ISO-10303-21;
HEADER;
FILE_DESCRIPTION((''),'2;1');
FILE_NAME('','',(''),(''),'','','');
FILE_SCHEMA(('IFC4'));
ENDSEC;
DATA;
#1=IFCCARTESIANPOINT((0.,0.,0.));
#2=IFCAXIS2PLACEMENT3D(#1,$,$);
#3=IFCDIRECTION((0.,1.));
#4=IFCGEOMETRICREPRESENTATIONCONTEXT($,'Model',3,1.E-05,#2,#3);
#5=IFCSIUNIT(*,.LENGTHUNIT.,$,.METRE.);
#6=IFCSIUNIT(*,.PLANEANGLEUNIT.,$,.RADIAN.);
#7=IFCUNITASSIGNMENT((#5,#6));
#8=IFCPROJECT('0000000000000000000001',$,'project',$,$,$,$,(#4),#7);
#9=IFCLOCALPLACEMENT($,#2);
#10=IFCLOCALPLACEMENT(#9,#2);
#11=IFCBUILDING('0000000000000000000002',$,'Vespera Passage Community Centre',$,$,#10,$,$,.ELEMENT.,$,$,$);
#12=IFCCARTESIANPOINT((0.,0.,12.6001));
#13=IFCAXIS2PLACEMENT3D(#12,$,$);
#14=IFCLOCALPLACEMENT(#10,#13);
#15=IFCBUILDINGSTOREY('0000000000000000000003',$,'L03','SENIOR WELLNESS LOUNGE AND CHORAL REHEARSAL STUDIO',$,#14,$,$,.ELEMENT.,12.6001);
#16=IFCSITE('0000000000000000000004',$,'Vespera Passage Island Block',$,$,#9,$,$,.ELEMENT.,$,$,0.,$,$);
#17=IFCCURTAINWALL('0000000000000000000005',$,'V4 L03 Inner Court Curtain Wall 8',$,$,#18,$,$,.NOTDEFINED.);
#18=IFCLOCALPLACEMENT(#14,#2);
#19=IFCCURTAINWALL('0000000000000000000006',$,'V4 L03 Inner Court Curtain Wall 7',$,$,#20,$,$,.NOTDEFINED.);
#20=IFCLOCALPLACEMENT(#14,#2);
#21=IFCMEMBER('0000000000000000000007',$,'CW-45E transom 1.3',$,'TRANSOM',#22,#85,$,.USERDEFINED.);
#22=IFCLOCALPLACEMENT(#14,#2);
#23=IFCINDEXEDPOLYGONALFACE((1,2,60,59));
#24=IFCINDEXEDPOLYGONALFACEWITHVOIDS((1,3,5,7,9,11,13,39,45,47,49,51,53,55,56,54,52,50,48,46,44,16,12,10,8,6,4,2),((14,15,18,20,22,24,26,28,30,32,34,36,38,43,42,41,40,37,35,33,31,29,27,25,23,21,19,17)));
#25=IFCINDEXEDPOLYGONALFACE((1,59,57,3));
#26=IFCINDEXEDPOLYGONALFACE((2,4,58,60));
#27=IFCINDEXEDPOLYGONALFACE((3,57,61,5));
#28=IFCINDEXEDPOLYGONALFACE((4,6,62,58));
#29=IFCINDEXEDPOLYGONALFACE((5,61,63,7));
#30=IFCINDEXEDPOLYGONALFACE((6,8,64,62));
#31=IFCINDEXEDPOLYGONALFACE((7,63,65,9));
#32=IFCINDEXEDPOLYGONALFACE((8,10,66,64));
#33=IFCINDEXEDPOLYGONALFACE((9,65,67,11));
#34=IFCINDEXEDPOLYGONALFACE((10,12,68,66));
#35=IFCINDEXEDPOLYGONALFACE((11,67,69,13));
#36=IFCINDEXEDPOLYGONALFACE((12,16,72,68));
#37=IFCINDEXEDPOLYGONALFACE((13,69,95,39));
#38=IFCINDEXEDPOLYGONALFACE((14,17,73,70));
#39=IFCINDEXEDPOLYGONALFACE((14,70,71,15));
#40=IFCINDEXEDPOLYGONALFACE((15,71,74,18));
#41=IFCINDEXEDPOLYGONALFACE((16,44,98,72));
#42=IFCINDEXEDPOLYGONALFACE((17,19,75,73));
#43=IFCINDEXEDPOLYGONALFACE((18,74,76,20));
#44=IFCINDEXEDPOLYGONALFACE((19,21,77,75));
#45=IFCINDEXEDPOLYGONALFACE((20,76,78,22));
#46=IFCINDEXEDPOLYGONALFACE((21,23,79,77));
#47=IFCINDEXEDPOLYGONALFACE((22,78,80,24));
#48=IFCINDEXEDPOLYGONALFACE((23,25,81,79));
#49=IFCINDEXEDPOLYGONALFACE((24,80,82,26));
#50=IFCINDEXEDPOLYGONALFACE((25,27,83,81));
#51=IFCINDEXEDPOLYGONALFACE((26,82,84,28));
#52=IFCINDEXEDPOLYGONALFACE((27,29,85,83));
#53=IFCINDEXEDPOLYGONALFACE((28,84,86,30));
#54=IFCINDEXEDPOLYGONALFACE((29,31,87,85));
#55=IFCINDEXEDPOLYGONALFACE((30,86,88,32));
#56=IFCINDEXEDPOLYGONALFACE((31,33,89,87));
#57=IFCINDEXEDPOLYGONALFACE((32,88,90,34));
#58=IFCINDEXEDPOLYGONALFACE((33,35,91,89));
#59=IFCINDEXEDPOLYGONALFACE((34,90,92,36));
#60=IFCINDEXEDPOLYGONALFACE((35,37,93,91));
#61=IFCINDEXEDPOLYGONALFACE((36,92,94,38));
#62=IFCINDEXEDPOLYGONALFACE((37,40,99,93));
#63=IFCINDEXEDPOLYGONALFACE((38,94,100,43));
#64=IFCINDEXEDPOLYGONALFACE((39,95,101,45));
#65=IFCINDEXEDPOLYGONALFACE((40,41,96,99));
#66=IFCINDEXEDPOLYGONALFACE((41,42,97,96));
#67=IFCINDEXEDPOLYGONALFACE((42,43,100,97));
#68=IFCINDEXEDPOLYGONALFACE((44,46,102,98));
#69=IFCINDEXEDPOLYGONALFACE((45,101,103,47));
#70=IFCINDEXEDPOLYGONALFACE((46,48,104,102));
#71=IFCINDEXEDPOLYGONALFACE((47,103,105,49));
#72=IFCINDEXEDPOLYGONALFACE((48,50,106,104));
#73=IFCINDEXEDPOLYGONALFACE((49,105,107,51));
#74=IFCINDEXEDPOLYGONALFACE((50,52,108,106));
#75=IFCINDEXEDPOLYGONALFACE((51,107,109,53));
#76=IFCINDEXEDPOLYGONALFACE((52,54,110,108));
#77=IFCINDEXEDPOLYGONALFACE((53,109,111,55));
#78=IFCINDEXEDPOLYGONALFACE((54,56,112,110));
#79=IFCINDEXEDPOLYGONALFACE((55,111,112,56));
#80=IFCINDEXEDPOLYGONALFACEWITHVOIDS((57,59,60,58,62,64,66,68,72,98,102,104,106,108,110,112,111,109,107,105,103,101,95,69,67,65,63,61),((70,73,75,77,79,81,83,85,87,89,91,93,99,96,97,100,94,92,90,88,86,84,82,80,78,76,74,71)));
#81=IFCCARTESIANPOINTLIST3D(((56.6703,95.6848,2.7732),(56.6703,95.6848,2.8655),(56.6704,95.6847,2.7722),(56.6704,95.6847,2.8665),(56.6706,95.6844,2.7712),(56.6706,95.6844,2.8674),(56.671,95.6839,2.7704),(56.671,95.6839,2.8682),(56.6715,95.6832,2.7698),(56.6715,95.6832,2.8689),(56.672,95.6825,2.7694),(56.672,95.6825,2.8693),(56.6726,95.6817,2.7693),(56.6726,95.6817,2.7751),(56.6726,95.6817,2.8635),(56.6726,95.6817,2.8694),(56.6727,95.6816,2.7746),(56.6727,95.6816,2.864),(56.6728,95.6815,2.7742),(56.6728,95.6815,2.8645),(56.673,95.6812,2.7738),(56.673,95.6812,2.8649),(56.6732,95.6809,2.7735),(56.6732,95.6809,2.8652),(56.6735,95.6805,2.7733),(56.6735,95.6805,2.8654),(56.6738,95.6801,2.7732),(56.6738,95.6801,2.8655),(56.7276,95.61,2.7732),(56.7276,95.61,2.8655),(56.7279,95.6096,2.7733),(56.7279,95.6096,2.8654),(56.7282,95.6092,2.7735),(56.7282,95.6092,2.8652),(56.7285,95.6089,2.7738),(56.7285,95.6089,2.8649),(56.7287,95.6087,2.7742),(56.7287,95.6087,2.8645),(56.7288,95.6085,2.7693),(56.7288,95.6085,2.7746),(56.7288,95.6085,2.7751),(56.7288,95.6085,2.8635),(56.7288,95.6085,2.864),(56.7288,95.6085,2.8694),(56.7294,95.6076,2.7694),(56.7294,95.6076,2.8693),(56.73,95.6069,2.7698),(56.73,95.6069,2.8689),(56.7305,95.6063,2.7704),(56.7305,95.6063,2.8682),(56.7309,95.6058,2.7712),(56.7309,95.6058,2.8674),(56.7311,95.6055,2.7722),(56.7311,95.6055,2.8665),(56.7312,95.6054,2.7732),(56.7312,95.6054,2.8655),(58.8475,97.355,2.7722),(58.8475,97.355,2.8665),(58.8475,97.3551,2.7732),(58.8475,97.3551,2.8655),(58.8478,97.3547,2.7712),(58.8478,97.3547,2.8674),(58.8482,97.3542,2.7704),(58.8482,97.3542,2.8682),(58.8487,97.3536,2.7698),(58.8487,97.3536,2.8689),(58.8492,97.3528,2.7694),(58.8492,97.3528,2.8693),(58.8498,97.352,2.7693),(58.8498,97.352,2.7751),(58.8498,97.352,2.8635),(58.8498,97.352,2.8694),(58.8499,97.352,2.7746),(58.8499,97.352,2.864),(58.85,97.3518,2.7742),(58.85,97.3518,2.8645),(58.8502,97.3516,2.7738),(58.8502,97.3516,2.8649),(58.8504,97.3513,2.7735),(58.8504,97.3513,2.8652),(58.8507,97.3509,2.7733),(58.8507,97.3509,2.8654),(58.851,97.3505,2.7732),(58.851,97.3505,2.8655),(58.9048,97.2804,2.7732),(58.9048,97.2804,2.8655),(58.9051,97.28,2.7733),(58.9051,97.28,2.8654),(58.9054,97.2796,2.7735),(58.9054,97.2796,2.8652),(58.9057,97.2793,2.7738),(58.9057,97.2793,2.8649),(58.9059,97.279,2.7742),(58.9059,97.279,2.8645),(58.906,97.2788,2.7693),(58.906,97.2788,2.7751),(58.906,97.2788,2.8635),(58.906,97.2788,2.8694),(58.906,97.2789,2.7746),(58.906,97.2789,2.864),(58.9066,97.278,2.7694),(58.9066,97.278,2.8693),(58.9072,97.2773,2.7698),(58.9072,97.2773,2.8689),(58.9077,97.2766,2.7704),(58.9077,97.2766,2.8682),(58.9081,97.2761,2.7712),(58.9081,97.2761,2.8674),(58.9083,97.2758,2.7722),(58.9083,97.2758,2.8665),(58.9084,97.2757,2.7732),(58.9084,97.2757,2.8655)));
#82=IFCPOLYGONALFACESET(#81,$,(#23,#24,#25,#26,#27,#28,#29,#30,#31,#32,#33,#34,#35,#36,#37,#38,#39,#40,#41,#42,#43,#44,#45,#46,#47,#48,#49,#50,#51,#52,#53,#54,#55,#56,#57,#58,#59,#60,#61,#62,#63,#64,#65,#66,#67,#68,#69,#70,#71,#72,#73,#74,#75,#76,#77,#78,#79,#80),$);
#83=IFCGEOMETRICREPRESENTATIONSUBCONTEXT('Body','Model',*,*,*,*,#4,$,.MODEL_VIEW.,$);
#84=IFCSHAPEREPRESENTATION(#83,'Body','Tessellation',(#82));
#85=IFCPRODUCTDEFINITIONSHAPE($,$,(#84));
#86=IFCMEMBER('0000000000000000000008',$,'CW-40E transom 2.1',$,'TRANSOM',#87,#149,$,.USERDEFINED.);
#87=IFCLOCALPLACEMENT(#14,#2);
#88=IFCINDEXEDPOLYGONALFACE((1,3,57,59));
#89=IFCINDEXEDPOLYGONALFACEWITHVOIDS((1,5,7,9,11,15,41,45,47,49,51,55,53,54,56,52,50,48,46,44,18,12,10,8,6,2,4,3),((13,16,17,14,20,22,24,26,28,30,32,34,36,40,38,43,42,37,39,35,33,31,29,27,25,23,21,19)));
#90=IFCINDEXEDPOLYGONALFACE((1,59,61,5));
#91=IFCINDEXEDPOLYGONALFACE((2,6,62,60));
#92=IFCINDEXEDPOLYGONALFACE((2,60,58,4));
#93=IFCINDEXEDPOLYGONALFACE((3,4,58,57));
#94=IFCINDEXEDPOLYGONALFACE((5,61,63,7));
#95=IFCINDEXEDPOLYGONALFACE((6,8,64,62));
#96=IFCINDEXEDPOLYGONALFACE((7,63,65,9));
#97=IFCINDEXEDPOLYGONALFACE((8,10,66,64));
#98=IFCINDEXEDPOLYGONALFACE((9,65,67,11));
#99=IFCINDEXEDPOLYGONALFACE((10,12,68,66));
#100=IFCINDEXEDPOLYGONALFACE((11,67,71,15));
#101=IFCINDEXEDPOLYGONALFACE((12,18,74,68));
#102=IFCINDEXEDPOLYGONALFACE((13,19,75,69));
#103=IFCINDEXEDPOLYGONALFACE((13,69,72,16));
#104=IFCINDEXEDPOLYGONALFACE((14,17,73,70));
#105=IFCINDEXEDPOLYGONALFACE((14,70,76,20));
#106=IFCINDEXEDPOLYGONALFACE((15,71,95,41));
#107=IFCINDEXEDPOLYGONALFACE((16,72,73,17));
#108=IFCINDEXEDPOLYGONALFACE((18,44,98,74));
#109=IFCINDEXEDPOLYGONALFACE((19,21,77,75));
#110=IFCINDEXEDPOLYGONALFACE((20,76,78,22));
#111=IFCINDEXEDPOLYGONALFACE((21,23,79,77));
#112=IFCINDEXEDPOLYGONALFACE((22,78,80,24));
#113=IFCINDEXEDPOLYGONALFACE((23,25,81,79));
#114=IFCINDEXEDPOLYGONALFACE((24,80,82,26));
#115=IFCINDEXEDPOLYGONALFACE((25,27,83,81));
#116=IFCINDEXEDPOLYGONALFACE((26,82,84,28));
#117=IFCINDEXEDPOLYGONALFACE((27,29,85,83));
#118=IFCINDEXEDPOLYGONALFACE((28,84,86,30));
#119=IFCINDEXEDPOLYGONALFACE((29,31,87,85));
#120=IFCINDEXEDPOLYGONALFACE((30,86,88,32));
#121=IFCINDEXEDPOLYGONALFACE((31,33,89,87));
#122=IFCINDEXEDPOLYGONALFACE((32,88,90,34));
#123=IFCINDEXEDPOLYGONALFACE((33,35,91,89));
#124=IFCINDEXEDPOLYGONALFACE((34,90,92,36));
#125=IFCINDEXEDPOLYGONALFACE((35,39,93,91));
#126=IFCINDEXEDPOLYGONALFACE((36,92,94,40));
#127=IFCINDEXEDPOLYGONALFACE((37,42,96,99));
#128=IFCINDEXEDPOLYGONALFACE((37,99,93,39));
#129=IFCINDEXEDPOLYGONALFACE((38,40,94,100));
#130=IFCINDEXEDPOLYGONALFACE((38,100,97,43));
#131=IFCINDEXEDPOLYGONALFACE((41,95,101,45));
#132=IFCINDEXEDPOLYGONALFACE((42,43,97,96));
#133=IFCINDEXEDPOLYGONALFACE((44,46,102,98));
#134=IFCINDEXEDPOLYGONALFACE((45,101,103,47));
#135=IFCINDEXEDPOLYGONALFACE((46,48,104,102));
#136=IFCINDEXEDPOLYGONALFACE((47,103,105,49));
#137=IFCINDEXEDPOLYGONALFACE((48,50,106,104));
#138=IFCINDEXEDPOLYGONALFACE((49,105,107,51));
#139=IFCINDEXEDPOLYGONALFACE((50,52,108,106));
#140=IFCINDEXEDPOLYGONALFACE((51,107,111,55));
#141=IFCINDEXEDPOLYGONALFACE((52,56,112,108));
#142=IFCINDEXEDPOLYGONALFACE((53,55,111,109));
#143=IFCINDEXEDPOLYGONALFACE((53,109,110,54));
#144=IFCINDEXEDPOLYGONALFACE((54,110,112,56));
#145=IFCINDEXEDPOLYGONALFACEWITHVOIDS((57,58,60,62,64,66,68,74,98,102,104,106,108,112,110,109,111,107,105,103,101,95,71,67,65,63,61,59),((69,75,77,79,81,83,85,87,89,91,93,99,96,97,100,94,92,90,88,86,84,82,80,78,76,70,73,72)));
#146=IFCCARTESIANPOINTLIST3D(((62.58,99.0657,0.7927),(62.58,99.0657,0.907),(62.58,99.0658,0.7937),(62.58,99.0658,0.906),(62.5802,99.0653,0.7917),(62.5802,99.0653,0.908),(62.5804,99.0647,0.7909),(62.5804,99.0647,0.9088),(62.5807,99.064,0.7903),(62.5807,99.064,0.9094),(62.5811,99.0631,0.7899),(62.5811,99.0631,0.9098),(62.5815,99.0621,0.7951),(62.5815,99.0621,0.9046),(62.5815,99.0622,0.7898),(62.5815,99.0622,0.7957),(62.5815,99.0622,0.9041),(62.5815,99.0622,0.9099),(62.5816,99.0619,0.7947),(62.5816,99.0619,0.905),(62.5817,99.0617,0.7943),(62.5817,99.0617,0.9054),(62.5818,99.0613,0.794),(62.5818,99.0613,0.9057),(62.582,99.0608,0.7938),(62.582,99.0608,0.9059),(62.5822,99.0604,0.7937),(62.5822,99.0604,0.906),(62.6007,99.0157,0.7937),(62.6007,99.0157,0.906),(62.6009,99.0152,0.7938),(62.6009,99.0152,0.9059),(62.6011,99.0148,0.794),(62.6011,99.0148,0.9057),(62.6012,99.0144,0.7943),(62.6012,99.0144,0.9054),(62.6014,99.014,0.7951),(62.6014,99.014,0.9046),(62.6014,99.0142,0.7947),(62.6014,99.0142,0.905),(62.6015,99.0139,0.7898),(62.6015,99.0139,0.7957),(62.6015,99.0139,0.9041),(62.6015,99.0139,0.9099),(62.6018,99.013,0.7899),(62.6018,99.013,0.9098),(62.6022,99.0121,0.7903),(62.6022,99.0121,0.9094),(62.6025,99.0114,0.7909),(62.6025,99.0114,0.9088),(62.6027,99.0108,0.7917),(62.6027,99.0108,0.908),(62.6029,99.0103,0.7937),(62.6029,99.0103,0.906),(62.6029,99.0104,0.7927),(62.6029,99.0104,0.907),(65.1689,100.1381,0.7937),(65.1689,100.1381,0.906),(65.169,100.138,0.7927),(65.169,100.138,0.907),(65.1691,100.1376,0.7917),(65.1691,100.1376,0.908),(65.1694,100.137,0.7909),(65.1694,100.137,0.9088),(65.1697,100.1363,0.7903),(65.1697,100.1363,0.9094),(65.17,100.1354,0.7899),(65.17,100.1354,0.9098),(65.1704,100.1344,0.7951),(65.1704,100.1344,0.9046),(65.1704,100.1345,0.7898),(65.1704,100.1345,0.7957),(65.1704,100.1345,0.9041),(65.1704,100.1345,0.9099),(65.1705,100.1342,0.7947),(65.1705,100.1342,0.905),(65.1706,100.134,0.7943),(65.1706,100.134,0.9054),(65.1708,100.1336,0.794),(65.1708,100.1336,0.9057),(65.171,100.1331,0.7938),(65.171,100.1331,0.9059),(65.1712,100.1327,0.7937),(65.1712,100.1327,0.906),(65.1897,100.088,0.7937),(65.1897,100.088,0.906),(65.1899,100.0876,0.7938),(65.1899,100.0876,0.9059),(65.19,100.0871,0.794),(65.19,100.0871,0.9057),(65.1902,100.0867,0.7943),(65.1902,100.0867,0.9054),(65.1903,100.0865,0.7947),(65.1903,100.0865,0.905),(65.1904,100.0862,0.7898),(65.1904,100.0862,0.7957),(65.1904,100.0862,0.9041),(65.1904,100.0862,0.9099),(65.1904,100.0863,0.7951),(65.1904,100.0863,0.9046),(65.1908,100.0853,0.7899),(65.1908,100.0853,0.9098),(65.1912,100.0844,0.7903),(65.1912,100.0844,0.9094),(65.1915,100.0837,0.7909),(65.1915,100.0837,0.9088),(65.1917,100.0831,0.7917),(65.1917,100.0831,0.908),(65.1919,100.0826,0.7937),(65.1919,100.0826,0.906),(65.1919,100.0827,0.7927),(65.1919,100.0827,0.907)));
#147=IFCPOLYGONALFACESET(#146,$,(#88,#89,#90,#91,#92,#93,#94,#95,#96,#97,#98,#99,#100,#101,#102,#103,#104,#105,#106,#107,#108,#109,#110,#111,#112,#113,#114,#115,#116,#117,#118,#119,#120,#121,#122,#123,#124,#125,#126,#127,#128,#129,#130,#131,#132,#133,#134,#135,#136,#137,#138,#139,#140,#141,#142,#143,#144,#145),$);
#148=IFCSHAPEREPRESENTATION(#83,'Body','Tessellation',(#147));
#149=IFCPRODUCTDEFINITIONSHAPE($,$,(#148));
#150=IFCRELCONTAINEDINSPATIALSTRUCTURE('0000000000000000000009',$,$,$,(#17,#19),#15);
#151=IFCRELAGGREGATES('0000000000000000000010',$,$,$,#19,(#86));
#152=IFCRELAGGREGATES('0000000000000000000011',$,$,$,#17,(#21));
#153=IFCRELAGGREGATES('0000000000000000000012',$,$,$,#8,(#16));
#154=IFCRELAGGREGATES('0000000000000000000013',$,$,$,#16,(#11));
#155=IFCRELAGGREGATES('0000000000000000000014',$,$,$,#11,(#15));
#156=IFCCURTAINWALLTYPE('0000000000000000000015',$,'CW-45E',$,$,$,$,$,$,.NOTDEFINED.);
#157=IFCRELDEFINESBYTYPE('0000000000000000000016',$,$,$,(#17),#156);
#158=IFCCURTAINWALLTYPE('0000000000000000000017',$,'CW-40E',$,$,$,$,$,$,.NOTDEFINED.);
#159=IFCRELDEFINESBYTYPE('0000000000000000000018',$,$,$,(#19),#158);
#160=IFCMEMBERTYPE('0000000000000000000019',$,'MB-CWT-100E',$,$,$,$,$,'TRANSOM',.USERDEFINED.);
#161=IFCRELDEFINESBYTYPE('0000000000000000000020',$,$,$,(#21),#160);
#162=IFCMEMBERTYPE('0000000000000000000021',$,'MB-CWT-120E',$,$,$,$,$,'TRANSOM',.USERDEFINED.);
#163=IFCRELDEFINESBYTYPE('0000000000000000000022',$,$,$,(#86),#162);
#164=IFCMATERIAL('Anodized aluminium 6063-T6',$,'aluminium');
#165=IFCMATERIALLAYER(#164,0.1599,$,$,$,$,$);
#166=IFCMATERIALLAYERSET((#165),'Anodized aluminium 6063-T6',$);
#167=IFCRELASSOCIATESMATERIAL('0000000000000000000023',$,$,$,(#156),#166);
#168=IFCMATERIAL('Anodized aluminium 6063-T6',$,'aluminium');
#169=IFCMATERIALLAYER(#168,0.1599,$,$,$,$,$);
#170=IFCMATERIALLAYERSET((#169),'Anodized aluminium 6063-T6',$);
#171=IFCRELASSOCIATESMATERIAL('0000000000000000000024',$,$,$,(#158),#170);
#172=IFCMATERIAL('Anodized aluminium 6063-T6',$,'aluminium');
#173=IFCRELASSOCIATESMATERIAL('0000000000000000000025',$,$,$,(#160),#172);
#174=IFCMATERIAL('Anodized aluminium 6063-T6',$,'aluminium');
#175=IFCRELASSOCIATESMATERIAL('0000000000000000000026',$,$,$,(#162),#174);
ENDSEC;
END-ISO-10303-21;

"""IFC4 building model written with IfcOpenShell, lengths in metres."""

from ifc_helpers import new_model, si_unit, direction, frame, origin, origin_2d, place, context, subcontext, project, spatial, hollow_rectangle, extrude, material, layer, layer_set, material_profile, profile_set, type_object, element, aggregate, save


model = new_model("IFC4")

# Units and contexts
model_context = context("Model", 3, precision=1e-05, world=origin(), true_north=direction((0.0, 1.0)))
body_context = subcontext(model_context, "Body", "Model", "MODEL_VIEW")
ifc_project = project(units=[si_unit("LENGTHUNIT", "METRE"), si_unit("PLANEANGLEUNIT", "RADIAN")], contexts=[model_context])

# Site, building, storey
site_placement = place(None, origin())
site = spatial("IfcSite", under=ifc_project, at=site_placement, Name="Vespera Passage Island Block", CompositionType="ELEMENT", RefElevation=0.0)
building_placement = place(site_placement, origin())
building = spatial("IfcBuilding", under=site, at=building_placement, Name="Vespera Passage Community Centre", CompositionType="ELEMENT")
storey_placement = place(building_placement, frame((0.0, 0.0, 12.6001)))
storey = spatial("IfcBuildingStorey", under=building, at=storey_placement, Name="L03", Description="SENIOR WELLNESS LOUNGE AND CHORAL REHEARSAL STUDIO", CompositionType="ELEMENT", Elevation=12.6001)

# Curtain wall
ifc_material_1 = material(Name="Anodized aluminium 6063-T6", Category="aluminium")
ifc_layer_1 = layer(ifc_material_1, 0.1599)
ifc_layer_set_1 = layer_set([ifc_layer_1], Name="Anodized aluminium 6063-T6")
curtain_wall_type_1 = type_object("IfcCurtainWallType", Name="CW-45E", PredefinedType="NOTDEFINED", material=ifc_layer_set_1)
curtain_wall_1_placement = place(storey_placement, origin())
curtain_wall_1 = element("IfcCurtainWall", 1, at=curtain_wall_1_placement, inside=storey, type_object=curtain_wall_type_1, Name="V4 L03 Inner Court Curtain Wall 8", PredefinedType="NOTDEFINED")

# Curtain wall
ifc_material_2 = material(Name="Anodized aluminium 6063-T6", Category="aluminium")
ifc_layer_2 = layer(ifc_material_2, 0.1599)
ifc_layer_set_2 = layer_set([ifc_layer_2], Name="Anodized aluminium 6063-T6")
curtain_wall_type_2 = type_object("IfcCurtainWallType", Name="CW-40E", PredefinedType="NOTDEFINED", material=ifc_layer_set_2)
curtain_wall_2_placement = place(storey_placement, origin())
curtain_wall_2 = element("IfcCurtainWall", 2, at=curtain_wall_2_placement, inside=storey, type_object=curtain_wall_type_2, Name="V4 L03 Inner Court Curtain Wall 7", PredefinedType="NOTDEFINED")

# Members
ifc_material_3 = material(Name="Anodized aluminium 6063-T6", Category="aluminium")
ifc_material_profile_1 = material_profile(ifc_material_3, hollow_rectangle(XDim=0.1001, YDim=0.1001, WallThickness=0.0039, InnerFilletRadius=0.002, OuterFilletRadius=0.0039, at=origin_2d()), Name="ALU100X100X4")
ifc_profile_set_1 = profile_set([ifc_material_profile_1], Name="Anodized aluminium 6063-T6")
member_type_1 = type_object("IfcMemberType", Name="MB-CWT-100E", ElementType="TRANSOM", PredefinedType="USERDEFINED", material=ifc_profile_set_1)
member_1_placement = place(storey_placement, frame((58.8779, 97.3154, 2.8193), z_axis=(-0.793397, -0.608704, 0.0), x_axis=(0.608704, -0.793397, 0.0)))
member_1 = element("IfcMember", 3, at=member_1_placement, type_object=member_type_1, Name="CW-45E transom 1.3", ObjectType="TRANSOM", PredefinedType="USERDEFINED", context=body_context, shape_type="SweptSolid", body=[
    extrude(hollow_rectangle(XDim=0.1001, YDim=0.1001, WallThickness=0.0039, InnerFilletRadius=0.002, OuterFilletRadius=0.0039, at=origin_2d()), origin(), (0.0, 0.0, 1.0), 2.7441),
])
ifc_material_4 = material(Name="Anodized aluminium 6063-T6", Category="aluminium")
ifc_material_profile_2 = material_profile(ifc_material_4, hollow_rectangle(XDim=0.0601, YDim=0.1201, WallThickness=0.0039, InnerFilletRadius=0.002, OuterFilletRadius=0.0039, at=origin_2d()), Name="ALU120X60X4")
ifc_profile_set_2 = profile_set([ifc_material_profile_2], Name="Anodized aluminium 6063-T6")
member_type_2 = type_object("IfcMemberType", Name="MB-CWT-120E", ElementType="TRANSOM", PredefinedType="USERDEFINED", material=ifc_profile_set_2)
member_2_placement = place(storey_placement, frame((65.1804, 100.1104, 0.8499), z_axis=(-0.923889, -0.38266, 0.0), x_axis=(0.38266, -0.923889, 0.0)))
member_2 = element("IfcMember", 4, at=member_2_placement, type_object=member_type_2, Name="CW-40E transom 2.1", ObjectType="TRANSOM", PredefinedType="USERDEFINED", context=body_context, shape_type="SweptSolid", body=[
    extrude(hollow_rectangle(XDim=0.0601, YDim=0.1201, WallThickness=0.0039, InnerFilletRadius=0.002, OuterFilletRadius=0.0039, at=origin_2d()), origin(), (0.0, 0.0, 1.0), 2.8022),
])

aggregate(curtain_wall_2, [member_2])
aggregate(curtain_wall_1, [member_1])

save(model, "model.ifc")
